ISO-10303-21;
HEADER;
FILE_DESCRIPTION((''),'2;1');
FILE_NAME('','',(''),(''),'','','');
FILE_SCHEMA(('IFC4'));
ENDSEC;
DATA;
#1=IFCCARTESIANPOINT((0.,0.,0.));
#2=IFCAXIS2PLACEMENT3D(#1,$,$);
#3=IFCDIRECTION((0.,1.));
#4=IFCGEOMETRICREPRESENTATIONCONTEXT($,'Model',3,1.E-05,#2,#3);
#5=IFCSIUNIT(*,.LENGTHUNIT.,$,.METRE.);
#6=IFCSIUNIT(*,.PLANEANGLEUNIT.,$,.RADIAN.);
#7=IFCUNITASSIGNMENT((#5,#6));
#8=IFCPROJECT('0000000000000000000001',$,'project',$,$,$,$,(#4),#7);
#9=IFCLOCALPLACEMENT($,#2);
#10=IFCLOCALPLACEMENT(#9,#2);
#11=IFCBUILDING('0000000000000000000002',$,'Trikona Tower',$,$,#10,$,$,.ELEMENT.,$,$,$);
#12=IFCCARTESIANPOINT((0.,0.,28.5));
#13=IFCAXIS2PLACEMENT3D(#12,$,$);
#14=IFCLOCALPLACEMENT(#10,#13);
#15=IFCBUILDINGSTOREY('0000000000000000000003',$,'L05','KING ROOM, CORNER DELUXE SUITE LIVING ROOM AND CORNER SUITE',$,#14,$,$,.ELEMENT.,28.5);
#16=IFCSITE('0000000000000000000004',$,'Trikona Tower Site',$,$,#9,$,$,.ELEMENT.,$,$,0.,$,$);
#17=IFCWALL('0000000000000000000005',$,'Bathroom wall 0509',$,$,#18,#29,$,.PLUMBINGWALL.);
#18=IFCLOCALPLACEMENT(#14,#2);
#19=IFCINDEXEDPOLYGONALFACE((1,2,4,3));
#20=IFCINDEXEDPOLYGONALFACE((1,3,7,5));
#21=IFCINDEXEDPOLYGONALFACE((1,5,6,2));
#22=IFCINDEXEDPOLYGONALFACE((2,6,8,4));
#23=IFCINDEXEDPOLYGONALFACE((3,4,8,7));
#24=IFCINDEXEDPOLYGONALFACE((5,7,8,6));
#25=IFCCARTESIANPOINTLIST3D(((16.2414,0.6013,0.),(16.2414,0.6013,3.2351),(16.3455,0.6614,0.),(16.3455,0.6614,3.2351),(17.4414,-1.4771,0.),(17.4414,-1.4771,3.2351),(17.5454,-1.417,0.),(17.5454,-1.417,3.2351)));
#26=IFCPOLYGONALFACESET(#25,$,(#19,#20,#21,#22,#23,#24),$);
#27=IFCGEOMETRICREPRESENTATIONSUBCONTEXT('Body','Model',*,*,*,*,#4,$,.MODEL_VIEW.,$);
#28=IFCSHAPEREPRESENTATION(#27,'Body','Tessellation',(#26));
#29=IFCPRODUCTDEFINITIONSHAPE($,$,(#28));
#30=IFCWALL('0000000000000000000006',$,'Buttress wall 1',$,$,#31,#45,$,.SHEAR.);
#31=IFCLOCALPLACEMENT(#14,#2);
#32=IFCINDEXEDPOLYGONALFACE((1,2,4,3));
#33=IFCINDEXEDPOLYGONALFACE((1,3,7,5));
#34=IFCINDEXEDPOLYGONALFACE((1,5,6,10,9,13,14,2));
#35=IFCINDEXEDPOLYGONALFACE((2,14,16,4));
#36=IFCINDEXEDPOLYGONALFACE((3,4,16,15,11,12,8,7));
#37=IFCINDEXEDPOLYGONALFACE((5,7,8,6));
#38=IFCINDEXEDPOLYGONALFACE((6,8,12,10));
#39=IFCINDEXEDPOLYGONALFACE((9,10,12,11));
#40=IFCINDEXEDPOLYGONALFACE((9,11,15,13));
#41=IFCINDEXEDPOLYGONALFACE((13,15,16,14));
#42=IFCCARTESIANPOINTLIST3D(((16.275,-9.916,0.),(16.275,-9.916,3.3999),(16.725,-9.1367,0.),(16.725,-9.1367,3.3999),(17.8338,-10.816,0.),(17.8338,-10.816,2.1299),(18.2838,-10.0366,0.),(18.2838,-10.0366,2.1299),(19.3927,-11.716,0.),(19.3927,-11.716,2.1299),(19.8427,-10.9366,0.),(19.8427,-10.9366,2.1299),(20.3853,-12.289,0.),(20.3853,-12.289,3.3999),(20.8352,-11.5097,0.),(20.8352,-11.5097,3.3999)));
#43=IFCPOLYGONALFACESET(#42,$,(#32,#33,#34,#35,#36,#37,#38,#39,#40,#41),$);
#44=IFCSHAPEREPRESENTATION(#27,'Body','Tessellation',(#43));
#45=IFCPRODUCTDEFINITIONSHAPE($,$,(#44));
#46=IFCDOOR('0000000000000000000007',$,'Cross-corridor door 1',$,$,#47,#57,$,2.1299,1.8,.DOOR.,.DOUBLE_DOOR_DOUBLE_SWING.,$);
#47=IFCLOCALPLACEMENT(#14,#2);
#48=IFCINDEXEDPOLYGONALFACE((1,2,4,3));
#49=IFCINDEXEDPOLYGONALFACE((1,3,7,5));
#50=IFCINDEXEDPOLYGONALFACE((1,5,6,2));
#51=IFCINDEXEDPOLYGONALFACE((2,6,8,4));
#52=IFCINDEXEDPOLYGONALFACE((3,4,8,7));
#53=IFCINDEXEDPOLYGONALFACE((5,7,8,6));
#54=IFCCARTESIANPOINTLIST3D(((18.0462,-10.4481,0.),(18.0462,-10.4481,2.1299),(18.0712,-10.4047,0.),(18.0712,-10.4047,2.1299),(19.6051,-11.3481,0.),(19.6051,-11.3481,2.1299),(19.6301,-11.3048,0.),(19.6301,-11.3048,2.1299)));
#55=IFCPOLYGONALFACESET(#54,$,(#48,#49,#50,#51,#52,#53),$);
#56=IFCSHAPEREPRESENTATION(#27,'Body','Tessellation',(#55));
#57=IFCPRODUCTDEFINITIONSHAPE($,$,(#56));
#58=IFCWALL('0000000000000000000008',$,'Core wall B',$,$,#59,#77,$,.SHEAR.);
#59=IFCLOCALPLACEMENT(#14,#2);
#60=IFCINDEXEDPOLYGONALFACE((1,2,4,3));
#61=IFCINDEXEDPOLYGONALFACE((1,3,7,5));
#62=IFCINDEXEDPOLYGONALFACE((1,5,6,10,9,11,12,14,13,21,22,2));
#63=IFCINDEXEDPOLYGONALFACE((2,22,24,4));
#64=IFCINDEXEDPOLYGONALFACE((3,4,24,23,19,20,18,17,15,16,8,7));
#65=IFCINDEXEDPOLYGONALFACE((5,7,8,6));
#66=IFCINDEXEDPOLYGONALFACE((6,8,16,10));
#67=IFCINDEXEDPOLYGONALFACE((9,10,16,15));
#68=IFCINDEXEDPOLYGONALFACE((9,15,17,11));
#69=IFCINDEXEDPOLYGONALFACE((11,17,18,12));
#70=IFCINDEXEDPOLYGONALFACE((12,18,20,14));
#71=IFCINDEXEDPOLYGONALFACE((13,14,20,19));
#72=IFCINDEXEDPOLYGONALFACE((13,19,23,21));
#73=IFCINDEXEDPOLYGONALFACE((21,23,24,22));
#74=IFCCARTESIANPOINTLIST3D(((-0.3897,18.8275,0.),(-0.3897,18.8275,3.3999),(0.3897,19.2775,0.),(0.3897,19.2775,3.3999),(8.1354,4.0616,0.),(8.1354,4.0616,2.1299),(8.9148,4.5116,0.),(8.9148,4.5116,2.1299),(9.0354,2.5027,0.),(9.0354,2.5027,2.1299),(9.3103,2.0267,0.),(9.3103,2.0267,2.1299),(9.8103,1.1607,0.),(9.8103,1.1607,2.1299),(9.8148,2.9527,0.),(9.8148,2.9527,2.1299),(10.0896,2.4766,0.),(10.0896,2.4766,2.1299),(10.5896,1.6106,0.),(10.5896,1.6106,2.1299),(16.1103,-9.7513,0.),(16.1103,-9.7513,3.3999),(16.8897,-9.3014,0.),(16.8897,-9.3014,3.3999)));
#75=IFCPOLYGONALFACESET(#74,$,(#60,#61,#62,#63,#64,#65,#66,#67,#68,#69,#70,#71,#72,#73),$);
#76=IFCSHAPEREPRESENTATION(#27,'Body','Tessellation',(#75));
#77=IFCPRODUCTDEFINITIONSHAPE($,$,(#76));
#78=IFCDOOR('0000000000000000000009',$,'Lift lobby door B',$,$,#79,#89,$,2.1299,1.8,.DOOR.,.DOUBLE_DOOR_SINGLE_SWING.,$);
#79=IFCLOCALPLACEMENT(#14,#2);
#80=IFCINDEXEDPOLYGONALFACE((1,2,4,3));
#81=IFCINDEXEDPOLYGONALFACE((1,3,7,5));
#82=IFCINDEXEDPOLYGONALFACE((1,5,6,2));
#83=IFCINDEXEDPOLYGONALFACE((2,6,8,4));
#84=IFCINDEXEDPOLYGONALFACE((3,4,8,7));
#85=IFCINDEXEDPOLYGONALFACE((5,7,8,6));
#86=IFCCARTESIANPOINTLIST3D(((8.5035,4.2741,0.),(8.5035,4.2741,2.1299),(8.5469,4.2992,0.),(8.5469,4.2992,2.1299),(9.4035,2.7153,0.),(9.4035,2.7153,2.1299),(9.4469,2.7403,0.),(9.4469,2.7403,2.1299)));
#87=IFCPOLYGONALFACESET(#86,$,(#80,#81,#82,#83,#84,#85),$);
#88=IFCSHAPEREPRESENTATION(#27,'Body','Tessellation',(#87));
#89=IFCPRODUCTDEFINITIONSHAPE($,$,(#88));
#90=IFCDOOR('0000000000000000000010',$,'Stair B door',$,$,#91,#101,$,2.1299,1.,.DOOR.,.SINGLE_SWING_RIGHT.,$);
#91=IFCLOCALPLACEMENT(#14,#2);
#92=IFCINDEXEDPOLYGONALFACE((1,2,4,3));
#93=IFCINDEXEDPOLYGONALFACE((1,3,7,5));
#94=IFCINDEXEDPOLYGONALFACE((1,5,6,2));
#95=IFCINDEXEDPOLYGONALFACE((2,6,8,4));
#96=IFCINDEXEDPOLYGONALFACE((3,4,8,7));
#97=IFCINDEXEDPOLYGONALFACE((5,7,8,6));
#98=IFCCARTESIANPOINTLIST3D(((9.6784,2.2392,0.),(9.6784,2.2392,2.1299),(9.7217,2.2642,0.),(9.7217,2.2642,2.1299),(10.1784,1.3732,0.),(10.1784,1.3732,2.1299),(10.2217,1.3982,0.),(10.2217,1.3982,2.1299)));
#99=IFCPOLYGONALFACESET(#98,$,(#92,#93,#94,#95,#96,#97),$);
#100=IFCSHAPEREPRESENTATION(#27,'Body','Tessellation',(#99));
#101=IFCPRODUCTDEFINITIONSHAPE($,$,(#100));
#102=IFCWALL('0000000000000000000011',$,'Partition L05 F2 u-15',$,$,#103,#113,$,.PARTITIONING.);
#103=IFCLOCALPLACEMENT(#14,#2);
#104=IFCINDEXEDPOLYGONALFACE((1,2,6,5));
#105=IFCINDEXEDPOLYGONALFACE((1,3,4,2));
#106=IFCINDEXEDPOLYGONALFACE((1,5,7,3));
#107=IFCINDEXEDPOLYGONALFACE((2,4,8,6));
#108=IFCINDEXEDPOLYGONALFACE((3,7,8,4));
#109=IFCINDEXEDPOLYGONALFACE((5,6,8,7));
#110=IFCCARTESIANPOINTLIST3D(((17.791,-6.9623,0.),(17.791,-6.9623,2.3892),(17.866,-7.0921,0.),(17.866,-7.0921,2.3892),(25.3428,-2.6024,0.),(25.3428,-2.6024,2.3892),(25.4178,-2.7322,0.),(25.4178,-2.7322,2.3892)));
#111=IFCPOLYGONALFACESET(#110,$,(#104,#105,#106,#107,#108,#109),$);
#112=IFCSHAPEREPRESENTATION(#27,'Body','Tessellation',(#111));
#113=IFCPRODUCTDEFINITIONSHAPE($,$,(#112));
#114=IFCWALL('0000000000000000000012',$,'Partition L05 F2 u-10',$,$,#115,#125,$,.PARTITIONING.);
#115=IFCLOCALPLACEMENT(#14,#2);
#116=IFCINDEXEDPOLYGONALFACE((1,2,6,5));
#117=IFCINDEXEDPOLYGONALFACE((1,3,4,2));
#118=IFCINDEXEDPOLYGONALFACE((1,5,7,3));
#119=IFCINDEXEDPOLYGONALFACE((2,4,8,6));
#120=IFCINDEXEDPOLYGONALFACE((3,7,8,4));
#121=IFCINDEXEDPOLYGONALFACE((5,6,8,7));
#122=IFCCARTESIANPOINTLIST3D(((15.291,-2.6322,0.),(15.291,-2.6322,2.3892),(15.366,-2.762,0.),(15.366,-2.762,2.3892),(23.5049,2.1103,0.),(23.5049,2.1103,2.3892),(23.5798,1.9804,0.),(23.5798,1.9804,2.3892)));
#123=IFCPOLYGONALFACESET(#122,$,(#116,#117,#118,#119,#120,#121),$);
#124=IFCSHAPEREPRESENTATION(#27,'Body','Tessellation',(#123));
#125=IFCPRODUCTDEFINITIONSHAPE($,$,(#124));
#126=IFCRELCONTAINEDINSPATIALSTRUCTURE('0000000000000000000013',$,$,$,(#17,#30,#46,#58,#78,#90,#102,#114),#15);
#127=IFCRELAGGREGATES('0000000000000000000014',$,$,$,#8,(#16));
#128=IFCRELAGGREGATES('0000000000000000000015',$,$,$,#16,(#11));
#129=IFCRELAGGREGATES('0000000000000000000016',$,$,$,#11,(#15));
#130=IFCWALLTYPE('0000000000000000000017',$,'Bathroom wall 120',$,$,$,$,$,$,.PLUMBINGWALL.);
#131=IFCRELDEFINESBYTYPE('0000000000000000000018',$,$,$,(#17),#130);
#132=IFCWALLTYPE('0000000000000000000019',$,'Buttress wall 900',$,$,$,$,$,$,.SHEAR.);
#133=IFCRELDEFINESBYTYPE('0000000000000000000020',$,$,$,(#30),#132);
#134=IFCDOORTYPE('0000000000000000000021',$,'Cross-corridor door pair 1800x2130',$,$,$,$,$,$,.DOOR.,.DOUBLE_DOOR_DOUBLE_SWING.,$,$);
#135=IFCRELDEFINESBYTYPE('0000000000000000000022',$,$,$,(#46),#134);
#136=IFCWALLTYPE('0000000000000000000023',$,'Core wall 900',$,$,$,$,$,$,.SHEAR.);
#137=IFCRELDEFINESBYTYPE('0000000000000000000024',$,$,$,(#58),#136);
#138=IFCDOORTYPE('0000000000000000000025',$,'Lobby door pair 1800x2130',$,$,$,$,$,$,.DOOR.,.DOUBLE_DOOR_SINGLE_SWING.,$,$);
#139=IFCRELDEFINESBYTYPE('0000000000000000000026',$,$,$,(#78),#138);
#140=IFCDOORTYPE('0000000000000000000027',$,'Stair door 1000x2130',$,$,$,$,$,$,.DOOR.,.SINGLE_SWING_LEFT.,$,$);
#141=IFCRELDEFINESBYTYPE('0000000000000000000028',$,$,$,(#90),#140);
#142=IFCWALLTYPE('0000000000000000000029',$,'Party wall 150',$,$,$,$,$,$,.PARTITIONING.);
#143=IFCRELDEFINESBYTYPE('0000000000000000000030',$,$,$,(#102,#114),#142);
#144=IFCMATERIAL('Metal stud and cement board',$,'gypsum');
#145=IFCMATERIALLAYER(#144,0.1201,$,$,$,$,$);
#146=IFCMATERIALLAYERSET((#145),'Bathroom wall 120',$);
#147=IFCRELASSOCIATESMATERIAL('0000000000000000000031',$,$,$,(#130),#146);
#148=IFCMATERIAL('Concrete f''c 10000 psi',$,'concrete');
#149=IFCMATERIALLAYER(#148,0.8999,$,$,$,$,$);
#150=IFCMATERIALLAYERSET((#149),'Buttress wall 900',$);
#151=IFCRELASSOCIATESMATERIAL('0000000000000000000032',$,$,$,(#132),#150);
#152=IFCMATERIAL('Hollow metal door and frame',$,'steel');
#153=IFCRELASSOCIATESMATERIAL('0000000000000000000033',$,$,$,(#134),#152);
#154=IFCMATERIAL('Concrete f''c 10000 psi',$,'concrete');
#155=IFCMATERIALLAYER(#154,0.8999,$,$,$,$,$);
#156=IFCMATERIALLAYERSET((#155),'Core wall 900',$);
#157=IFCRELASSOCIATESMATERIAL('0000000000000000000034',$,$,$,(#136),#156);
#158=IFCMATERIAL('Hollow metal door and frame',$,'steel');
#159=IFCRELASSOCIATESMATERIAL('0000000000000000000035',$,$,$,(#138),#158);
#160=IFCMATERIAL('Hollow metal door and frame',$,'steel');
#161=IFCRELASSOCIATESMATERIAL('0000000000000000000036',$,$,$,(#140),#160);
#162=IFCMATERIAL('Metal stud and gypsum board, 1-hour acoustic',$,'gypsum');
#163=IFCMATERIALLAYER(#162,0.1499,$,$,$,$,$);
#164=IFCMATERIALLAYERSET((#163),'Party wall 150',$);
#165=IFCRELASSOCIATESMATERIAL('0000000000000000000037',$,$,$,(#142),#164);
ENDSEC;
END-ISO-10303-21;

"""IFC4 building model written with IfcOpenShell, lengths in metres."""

from ifc_helpers import new_model, si_unit, direction, frame, frame_2d, origin, place, context, subcontext, project, spatial, rectangle, extrude, material, layer, layer_set, type_object, element, fill, save


model = new_model("IFC4")

# Units and contexts
model_context = context("Model", 3, precision=1e-05, world=origin(), true_north=direction((0.0, 1.0)))
body_context = subcontext(model_context, "Body", "Model", "MODEL_VIEW")
ifc_project = project(units=[si_unit("LENGTHUNIT", "METRE"), si_unit("PLANEANGLEUNIT", "RADIAN")], contexts=[model_context])

# Site, building, storey
site_placement = place(None, origin())
site = spatial("IfcSite", under=ifc_project, at=site_placement, Name="Trikona Tower Site", CompositionType="ELEMENT", RefElevation=0.0)
building_placement = place(site_placement, origin())
building = spatial("IfcBuilding", under=site, at=building_placement, Name="Trikona Tower", CompositionType="ELEMENT")
storey_placement = place(building_placement, frame((0.0, 0.0, 28.5)))
storey = spatial("IfcBuildingStorey", under=building, at=storey_placement, Name="L05", Description="KING ROOM, CORNER DELUXE SUITE LIVING ROOM AND CORNER SUITE", CompositionType="ELEMENT", Elevation=28.5)

# Shared definitions
ifc_material_1 = material(Name="Metal stud and cement board", Category="gypsum")
ifc_layer_1 = layer(ifc_material_1, 0.1201)
ifc_layer_set_1 = layer_set([ifc_layer_1], Name="Bathroom wall 120")
wall_type_1 = type_object("IfcWallType", Name="Bathroom wall 120", PredefinedType="PLUMBINGWALL", material=ifc_layer_set_1)

# Wall
wall_1_placement = place(storey_placement, frame((17.4934, -1.447, 0.0), z_axis=(0.0, 0.0, 1.0), x_axis=(-0.500001, 0.866025, 0.0)))
element("IfcWall", 1, at=wall_1_placement, inside=storey, type_object=wall_type_1, Name="Bathroom wall 0509", PredefinedType="PLUMBINGWALL", context=body_context, shape_type="SweptSolid", body=[
    extrude(rectangle(XDim=2.3999, YDim=0.1201, at=frame_2d((1.2, 0.0))), origin(), (0.0, 0.0, 1.0), 3.2351),
])

# Wall, opening, door
ifc_material_2 = material(Name="Concrete f'c 10000 psi", Category="concrete")
ifc_layer_2 = layer(ifc_material_2, 0.8999)
ifc_layer_set_2 = layer_set([ifc_layer_2], Name="Buttress wall 900")
wall_type_2 = type_object("IfcWallType", Name="Buttress wall 900", PredefinedType="SHEAR", material=ifc_layer_set_2)
wall_2_placement = place(storey_placement, frame((16.5, -9.5264, 0.0), z_axis=(0.0, 0.0, 1.0), x_axis=(0.866031, -0.49999, 0.0)))
wall_2 = element("IfcWall", 2, at=wall_2_placement, inside=storey, type_object=wall_type_2, Name="Buttress wall 1", PredefinedType="SHEAR", context=body_context, shape_type="SweptSolid", body=[
    extrude(rectangle(XDim=4.7461, YDim=0.8999, at=frame_2d((2.373, 0.0))), origin(), (0.0, 0.0, 1.0), 3.3999),
])
opening_1_placement = place(wall_2_placement, frame((1.8, 0.0, 0.0)))
opening_1 = element("IfcOpeningElement", 3, at=opening_1_placement, cuts=wall_2, PredefinedType="OPENING", context=body_context, shape_type="SweptSolid", body=[
    extrude(rectangle(XDim=1.8, YDim=2.1299, at=frame_2d((0.8999, 1.0649))), frame((0.0, 0.46, 0.0), z_axis=(0.0, -1.0, 0.0), x_axis=(1.0, 0.0, 0.0)), (0.0, 0.0, 1.0), 0.9199),
])
ifc_material_3 = material(Name="Hollow metal door and frame", Category="steel")
door_type_1 = type_object("IfcDoorType", Name="Cross-corridor door pair 1800x2130", OperationType="DOUBLE_DOOR_DOUBLE_SWING", PredefinedType="DOOR", material=ifc_material_3)
door_1_placement = place(opening_1_placement, origin())
door_1 = element("IfcDoor", 4, at=door_1_placement, inside=storey, type_object=door_type_1, Name="Cross-corridor door 1", OperationType="DOUBLE_DOOR_DOUBLE_SWING", OverallHeight=2.1299, OverallWidth=1.8, PredefinedType="DOOR", context=body_context, shape_type="SweptSolid", body=[
    extrude(rectangle(XDim=1.8, YDim=2.1299, at=frame_2d((0.8999, 1.0649))), frame((0.0, 0.0249, 0.0), z_axis=(0.0, -1.0, 0.0), x_axis=(1.0, 0.0, 0.0)), (0.0, 0.0, 1.0), 0.05),
])
fill(opening_1, door_1)

# Wall, openings, doors
ifc_material_4 = material(Name="Concrete f'c 10000 psi", Category="concrete")
ifc_layer_3 = layer(ifc_material_4, 0.8999)
ifc_layer_set_3 = layer_set([ifc_layer_3], Name="Core wall 900")
wall_type_3 = type_object("IfcWallType", Name="Core wall 900", PredefinedType="SHEAR", material=ifc_layer_set_3)
wall_3_placement = place(storey_placement, frame((16.5, -9.5264, 0.0), z_axis=(0.0, 0.0, 1.0), x_axis=(-0.5, 0.866026, 0.0)))
wall_3 = element("IfcWall", 5, at=wall_3_placement, inside=storey, type_object=wall_type_3, Name="Core wall B", PredefinedType="SHEAR", context=body_context, shape_type="SweptSolid", body=[
    extrude(rectangle(XDim=33.0, YDim=0.8999, at=frame_2d((16.5, 0.0))), origin(), (0.0, 0.0, 1.0), 3.3999),
])
opening_2_placement = place(wall_3_placement, frame((14.1499, 0.0, 0.0)))
opening_2 = element("IfcOpeningElement", 6, at=opening_2_placement, cuts=wall_3, PredefinedType="OPENING", context=body_context, shape_type="SweptSolid", body=[
    extrude(rectangle(XDim=1.8, YDim=2.1299, at=frame_2d((0.8999, 1.0649))), frame((0.0, 0.46, 0.0), z_axis=(0.0, -1.0, 0.0), x_axis=(1.0, 0.0, 0.0)), (0.0, 0.0, 1.0), 0.9199),
])
opening_3_placement = place(wall_3_placement, frame((12.6001, 0.0, 0.0)))
opening_3 = element("IfcOpeningElement", 7, at=opening_3_placement, cuts=wall_3, PredefinedType="OPENING", context=body_context, shape_type="SweptSolid", body=[
    extrude(rectangle(XDim=1.0, YDim=2.1299, at=frame_2d((0.5, 1.0649))), frame((0.0, 0.46, 0.0), z_axis=(0.0, -1.0, 0.0), x_axis=(1.0, 0.0, 0.0)), (0.0, 0.0, 1.0), 0.9199),
])
ifc_material_5 = material(Name="Hollow metal door and frame", Category="steel")
door_type_2 = type_object("IfcDoorType", Name="Lobby door pair 1800x2130", OperationType="DOUBLE_DOOR_SINGLE_SWING", PredefinedType="DOOR", material=ifc_material_5)
door_2_placement = place(opening_2_placement, origin())
door_2 = element("IfcDoor", 8, at=door_2_placement, inside=storey, type_object=door_type_2, Name="Lift lobby door B", OperationType="DOUBLE_DOOR_SINGLE_SWING", OverallHeight=2.1299, OverallWidth=1.8, PredefinedType="DOOR", context=body_context, shape_type="SweptSolid", body=[
    extrude(rectangle(XDim=1.8, YDim=2.1299, at=frame_2d((0.8999, 1.0649))), frame((0.0, 0.0249, 0.0), z_axis=(0.0, -1.0, 0.0), x_axis=(1.0, 0.0, 0.0)), (0.0, 0.0, 1.0), 0.05),
])
fill(opening_2, door_2)
ifc_material_6 = material(Name="Hollow metal door and frame", Category="steel")
door_type_3 = type_object("IfcDoorType", Name="Stair door 1000x2130", OperationType="SINGLE_SWING_LEFT", PredefinedType="DOOR", material=ifc_material_6)
door_3_placement = place(opening_3_placement, origin())
door_3 = element("IfcDoor", 9, at=door_3_placement, inside=storey, type_object=door_type_3, Name="Stair B door", OperationType="SINGLE_SWING_RIGHT", OverallHeight=2.1299, OverallWidth=1.0, PredefinedType="DOOR", context=body_context, shape_type="SweptSolid", body=[
    extrude(rectangle(XDim=1.0, YDim=2.1299, at=frame_2d((0.5, 1.0649))), frame((0.0, 0.0249, 0.0), z_axis=(0.0, -1.0, 0.0), x_axis=(1.0, 0.0, 0.0)), (0.0, 0.0, 1.0), 0.05),
])
fill(opening_3, door_3)

# Walls
ifc_material_7 = material(Name="Metal stud and gypsum board, 1-hour acoustic", Category="gypsum")
ifc_layer_4 = layer(ifc_material_7, 0.1499)
ifc_layer_set_4 = layer_set([ifc_layer_4], Name="Party wall 150")
wall_type_4 = type_object("IfcWallType", Name="Party wall 150", PredefinedType="PARTITIONING", material=ifc_layer_set_4)
wall_4_placement = place(storey_placement, frame((17.8286, -7.0271, 0.0), z_axis=(0.0, 0.0, 1.0), x_axis=(0.866033, 0.499987, 0.0)))
element("IfcWall", 10, at=wall_4_placement, inside=storey, type_object=wall_type_4, Name="Partition L05 F2 u-15", PredefinedType="PARTITIONING", context=body_context, shape_type="SweptSolid", body=[
    extrude(rectangle(XDim=8.72, YDim=0.1499, at=frame_2d((4.3599, 0.0))), origin(), (0.0, 0.0, 1.0), 2.3892),
])
wall_5_placement = place(storey_placement, frame((15.3286, -2.697, 0.0), z_axis=(0.0, 0.0, 1.0), x_axis=(0.866018, 0.500012, 0.0)))
element("IfcWall", 11, at=wall_5_placement, inside=storey, type_object=wall_type_4, Name="Partition L05 F2 u-10", PredefinedType="PARTITIONING", context=body_context, shape_type="SweptSolid", body=[
    extrude(rectangle(XDim=9.4846, YDim=0.1499, at=frame_2d((4.7422, 0.0))), origin(), (0.0, 0.0, 1.0), 2.3892),
])

save(model, "model.ifc")
